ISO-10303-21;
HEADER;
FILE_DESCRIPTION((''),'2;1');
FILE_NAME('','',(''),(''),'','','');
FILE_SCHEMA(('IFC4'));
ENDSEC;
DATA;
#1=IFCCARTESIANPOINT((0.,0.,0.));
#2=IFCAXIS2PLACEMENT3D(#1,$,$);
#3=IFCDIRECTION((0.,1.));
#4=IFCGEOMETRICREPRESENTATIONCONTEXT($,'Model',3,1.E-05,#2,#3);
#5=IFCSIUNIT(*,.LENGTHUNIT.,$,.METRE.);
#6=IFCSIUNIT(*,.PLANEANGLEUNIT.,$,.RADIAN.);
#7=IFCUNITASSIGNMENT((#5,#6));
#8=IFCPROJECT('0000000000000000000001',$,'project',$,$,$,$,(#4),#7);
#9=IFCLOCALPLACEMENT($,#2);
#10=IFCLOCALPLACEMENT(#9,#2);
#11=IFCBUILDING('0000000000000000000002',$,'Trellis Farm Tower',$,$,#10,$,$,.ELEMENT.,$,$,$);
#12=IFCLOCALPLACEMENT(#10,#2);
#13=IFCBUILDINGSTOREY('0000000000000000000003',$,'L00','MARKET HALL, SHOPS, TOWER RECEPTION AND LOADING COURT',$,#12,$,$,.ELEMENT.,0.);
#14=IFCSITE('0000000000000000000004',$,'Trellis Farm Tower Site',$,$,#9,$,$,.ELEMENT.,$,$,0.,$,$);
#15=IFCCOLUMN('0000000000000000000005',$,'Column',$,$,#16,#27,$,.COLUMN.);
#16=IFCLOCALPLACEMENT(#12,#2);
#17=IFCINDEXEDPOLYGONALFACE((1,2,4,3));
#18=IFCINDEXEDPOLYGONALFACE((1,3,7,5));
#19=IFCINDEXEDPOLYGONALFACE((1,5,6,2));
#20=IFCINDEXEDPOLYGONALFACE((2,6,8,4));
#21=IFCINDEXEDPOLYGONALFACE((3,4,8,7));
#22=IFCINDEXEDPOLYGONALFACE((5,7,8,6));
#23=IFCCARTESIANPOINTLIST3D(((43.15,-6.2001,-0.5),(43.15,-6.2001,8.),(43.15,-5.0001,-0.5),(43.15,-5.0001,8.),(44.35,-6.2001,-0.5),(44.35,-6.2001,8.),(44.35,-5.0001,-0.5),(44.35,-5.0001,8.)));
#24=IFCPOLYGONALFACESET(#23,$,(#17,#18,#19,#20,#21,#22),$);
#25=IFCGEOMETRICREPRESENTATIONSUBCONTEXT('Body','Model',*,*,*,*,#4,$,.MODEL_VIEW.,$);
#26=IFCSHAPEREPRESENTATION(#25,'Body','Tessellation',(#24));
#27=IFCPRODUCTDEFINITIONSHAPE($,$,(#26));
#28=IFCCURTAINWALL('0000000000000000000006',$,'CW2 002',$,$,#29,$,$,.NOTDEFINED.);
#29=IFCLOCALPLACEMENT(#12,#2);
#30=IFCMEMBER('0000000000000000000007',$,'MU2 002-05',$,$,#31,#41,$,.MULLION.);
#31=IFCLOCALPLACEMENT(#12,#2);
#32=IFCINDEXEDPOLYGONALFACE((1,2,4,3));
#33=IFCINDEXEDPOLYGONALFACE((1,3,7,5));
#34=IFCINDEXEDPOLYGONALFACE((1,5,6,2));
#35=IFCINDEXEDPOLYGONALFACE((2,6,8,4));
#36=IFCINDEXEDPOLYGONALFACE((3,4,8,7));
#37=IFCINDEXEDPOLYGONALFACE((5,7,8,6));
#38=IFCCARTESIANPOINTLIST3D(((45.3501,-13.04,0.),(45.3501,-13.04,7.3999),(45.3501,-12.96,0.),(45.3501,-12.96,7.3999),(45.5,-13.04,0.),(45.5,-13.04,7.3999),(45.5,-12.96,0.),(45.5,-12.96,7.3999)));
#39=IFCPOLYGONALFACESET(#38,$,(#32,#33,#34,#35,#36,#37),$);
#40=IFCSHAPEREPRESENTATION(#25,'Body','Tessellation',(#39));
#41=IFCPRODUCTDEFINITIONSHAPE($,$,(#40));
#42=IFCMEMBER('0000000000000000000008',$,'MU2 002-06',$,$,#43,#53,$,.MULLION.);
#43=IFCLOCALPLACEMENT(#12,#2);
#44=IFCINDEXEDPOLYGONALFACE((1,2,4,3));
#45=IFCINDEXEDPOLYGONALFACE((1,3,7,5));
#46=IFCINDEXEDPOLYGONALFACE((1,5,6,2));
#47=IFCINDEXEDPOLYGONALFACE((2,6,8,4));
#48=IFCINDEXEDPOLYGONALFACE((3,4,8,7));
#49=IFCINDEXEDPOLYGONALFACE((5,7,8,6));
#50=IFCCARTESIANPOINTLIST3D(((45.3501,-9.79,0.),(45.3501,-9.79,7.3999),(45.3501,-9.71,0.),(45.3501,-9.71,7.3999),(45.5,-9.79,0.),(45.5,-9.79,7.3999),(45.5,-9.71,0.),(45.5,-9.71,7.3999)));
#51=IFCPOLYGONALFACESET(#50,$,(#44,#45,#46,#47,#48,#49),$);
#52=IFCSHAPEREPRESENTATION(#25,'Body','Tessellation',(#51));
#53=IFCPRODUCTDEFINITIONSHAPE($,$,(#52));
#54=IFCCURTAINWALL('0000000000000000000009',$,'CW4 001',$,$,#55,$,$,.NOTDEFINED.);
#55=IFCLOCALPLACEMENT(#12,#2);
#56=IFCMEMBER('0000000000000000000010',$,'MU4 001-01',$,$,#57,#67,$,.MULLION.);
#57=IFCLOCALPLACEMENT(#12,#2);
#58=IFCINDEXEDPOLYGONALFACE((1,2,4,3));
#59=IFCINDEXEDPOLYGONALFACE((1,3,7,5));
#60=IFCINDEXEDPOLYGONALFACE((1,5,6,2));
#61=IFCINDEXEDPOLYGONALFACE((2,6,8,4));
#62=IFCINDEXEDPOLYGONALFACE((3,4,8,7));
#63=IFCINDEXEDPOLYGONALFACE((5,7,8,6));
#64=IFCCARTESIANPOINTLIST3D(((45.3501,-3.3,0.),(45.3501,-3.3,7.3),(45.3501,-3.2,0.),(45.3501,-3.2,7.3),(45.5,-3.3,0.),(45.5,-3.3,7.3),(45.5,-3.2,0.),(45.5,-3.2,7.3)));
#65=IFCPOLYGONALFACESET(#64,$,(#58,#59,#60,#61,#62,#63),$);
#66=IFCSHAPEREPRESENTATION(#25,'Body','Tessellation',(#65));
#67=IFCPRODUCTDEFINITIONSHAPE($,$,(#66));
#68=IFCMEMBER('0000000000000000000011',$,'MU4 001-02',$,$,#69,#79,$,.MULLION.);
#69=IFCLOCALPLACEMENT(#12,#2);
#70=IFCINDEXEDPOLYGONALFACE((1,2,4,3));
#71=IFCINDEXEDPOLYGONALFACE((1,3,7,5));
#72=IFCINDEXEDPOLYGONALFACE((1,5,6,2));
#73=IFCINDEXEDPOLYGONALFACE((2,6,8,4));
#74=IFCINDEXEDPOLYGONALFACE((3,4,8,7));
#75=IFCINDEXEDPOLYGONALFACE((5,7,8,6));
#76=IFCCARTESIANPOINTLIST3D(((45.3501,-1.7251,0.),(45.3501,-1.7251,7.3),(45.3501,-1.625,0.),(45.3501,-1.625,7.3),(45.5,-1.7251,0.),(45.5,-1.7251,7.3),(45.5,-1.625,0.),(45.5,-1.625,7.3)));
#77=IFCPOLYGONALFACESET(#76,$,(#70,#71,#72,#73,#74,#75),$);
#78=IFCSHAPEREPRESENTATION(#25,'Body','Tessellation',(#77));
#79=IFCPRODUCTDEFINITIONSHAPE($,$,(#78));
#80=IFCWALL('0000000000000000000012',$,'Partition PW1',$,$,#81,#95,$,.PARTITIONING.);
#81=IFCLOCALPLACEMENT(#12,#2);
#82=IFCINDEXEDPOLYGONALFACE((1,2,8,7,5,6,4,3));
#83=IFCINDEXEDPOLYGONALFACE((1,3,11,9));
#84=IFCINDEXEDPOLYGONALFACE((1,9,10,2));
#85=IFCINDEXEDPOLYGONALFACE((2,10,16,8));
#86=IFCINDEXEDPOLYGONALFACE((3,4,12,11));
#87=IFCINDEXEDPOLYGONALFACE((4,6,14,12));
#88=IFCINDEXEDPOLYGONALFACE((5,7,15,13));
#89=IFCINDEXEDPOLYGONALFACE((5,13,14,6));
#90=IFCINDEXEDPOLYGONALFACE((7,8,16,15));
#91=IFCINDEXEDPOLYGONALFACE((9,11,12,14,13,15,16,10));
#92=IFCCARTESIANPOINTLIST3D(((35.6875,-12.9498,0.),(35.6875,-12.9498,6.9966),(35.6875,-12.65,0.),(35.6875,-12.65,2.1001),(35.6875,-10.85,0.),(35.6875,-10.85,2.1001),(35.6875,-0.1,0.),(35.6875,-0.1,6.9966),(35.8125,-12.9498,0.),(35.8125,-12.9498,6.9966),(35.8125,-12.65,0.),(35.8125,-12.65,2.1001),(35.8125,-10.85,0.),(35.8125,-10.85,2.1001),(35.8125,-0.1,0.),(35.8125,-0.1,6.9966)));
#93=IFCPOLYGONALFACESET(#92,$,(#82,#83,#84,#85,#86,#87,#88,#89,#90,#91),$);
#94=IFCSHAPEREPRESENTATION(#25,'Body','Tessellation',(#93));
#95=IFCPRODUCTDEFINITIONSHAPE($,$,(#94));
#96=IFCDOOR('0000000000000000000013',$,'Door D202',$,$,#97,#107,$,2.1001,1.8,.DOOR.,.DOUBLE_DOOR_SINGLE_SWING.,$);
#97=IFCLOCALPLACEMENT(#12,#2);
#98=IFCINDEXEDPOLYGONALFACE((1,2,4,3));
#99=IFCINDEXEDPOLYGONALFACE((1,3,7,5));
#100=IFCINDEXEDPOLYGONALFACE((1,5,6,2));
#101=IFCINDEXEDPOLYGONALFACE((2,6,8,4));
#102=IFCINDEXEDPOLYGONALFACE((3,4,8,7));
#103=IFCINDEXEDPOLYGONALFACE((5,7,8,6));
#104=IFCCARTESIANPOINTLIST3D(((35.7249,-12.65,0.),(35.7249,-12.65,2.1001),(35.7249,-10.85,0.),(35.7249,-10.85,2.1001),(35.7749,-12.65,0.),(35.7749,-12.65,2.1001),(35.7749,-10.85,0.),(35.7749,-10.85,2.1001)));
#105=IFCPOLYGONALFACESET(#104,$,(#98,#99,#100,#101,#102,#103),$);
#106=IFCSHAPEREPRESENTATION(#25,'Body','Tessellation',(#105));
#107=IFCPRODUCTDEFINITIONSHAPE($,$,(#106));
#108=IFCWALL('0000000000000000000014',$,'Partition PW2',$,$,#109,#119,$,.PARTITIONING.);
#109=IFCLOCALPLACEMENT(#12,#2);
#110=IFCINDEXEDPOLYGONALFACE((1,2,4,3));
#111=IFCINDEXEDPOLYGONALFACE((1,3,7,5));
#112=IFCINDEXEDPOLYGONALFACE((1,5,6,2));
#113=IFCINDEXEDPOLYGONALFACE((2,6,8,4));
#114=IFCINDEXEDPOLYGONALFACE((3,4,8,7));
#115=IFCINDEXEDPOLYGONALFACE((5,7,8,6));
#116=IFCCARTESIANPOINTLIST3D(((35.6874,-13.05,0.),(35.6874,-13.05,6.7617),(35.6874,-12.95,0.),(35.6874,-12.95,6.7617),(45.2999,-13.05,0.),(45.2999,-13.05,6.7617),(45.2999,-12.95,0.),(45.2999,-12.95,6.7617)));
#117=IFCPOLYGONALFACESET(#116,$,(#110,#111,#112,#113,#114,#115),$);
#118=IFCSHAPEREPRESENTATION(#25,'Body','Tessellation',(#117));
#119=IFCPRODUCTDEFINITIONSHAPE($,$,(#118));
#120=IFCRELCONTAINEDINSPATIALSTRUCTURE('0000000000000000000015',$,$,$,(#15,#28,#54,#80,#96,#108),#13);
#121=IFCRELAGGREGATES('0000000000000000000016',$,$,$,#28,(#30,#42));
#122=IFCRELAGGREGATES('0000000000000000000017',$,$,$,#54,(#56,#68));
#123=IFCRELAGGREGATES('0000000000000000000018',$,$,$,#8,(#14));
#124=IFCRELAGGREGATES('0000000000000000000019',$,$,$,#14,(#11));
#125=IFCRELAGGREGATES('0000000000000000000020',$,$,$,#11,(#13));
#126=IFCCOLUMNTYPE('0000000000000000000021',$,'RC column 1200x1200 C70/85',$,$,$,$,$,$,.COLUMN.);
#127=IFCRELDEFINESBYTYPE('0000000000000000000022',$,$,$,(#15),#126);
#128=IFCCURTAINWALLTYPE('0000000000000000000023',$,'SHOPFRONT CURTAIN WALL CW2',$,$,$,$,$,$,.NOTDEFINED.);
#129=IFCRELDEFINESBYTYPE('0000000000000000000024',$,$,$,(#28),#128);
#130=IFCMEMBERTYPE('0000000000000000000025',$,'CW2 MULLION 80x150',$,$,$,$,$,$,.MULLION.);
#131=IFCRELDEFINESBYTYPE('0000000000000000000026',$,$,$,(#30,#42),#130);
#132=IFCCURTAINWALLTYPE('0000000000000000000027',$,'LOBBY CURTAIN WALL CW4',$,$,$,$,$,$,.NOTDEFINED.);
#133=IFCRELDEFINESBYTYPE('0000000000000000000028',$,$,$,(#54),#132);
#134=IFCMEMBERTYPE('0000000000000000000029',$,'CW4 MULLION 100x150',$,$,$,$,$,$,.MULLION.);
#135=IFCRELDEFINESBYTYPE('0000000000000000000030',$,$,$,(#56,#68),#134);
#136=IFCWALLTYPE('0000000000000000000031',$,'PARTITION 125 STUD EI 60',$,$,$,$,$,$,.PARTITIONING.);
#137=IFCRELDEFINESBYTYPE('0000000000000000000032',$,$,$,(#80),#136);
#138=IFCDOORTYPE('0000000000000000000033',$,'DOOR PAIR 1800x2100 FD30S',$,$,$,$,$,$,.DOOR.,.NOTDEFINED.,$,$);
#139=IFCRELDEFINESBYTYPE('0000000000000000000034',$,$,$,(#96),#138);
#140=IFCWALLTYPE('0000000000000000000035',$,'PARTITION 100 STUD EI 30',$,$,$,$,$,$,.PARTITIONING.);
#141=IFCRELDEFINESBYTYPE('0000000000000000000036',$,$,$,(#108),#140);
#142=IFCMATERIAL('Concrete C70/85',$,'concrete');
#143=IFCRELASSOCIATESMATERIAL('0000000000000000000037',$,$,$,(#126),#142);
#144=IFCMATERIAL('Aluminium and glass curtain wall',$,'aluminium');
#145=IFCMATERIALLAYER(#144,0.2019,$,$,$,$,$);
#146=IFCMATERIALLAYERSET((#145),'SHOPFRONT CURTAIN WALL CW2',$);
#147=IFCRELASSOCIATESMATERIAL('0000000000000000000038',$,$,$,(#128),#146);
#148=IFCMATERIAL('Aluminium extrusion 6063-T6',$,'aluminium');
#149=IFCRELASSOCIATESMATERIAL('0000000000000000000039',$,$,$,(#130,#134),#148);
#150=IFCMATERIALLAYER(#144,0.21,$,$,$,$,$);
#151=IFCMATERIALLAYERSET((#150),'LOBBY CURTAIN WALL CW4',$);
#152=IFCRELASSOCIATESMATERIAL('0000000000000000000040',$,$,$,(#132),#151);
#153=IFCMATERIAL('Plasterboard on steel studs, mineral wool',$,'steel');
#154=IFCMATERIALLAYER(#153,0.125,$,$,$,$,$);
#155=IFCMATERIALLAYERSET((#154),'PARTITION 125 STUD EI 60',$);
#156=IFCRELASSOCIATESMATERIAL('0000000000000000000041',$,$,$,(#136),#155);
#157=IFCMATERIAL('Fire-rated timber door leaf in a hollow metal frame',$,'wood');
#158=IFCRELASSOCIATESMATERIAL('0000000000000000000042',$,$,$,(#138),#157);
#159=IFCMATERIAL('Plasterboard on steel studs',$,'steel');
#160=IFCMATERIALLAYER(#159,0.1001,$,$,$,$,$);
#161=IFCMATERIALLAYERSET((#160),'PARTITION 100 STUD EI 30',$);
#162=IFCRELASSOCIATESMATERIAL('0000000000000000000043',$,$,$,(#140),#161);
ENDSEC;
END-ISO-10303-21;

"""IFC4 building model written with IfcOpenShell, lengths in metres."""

from ifc_helpers import new_model, si_unit, direction, frame, frame_2d, origin, origin_2d, place, context, subcontext, project, spatial, rectangle, extrude, source, transform, mapped, material, layer, layer_set, material_profile, profile_set, type_object, element, fill, aggregate, save


model = new_model("IFC4")

# Units and contexts
model_context = context("Model", 3, precision=1e-05, world=origin(), true_north=direction((0.0, 1.0)))
body_context = subcontext(model_context, "Body", "Model", "MODEL_VIEW")
ifc_project = project(units=[si_unit("LENGTHUNIT", "METRE"), si_unit("PLANEANGLEUNIT", "RADIAN")], contexts=[model_context])

# Site, building, storey
site_placement = place(None, origin())
site = spatial("IfcSite", under=ifc_project, at=site_placement, Name="Trellis Farm Tower Site", CompositionType="ELEMENT", RefElevation=0.0)
building_placement = place(site_placement, origin())
building = spatial("IfcBuilding", under=site, at=building_placement, Name="Trellis Farm Tower", CompositionType="ELEMENT")
storey_placement = place(building_placement, origin())
storey = spatial("IfcBuildingStorey", under=building, at=storey_placement, Name="L00", Description="MARKET HALL, SHOPS, TOWER RECEPTION AND LOADING COURT", CompositionType="ELEMENT", Elevation=0.0)

# Column
ifc_material_1 = material(Name="Concrete C70/85", Category="concrete")
ifc_material_profile_1 = material_profile(ifc_material_1, rectangle(XDim=1.2, YDim=1.2, at=origin_2d()), Name="RC column 1200x1200 C70/85")
ifc_profile_set_1 = profile_set([ifc_material_profile_1], Name="Concrete C70/85")
column_type_1 = type_object("IfcColumnType", Name="RC column 1200x1200 C70/85", PredefinedType="COLUMN", material=ifc_profile_set_1)
shared_shape_1 = source(origin(), body_context, "Body", "SweptSolid", [
    extrude(rectangle(XDim=1.2, YDim=1.2, at=origin_2d()), origin(), (0.0, 0.0, 1.0), 8.5),
])
for number, where, z_axis, x_axis, name in (
    (1, (43.75, -5.6001, -0.5), (0.0, 0.0, 1.0), (1.0, 0.0, 0.0), "Column"),
):
    element("IfcColumn", number, at=place(storey_placement, frame(where, z_axis=z_axis, x_axis=x_axis)), inside=storey, type_object=column_type_1, Name=name, PredefinedType="COLUMN", context=body_context, shape_type="MappedRepresentation", body=[
        mapped(shared_shape_1, transform((0.0, 0.0, 0.0))),
    ])

# Curtain walls, members
ifc_material_2 = material(Name="Aluminium and glass curtain wall", Category="aluminium")
ifc_layer_1 = layer(ifc_material_2, 0.2019)
ifc_layer_set_1 = layer_set([ifc_layer_1], Name="SHOPFRONT CURTAIN WALL CW2")
curtain_wall_type_1 = type_object("IfcCurtainWallType", Name="SHOPFRONT CURTAIN WALL CW2", PredefinedType="NOTDEFINED", material=ifc_layer_set_1)
placement = place(storey_placement, origin())
curtain_wall_1 = element("IfcCurtainWall", 2, at=placement, inside=storey, type_object=curtain_wall_type_1, Name="CW2 002", PredefinedType="NOTDEFINED")
ifc_material_3 = material(Name="Aluminium extrusion 6063-T6", Category="aluminium")
ifc_material_profile_2 = material_profile(ifc_material_3, rectangle(XDim=0.0801, YDim=0.1499, at=origin_2d()), Name="MULLION 80x150")
ifc_profile_set_2 = profile_set([ifc_material_profile_2], Name="Aluminium extrusion 6063-T6")
member_type_1 = type_object("IfcMemberType", Name="CW2 MULLION 80x150", PredefinedType="MULLION", material=ifc_profile_set_2)
shared_shape_2 = source(origin(), body_context, "Body", "SweptSolid", [
    extrude(rectangle(XDim=0.0801, YDim=0.1499, at=origin_2d()), origin(), (0.0, 0.0, 1.0), 7.3999),
])
member_1_placement = place(storey_placement, frame((45.425, -13.0, 0.0), z_axis=(0.0, 0.0, 1.0), x_axis=(0.0, 1.0, 0.0)))
member_1 = element("IfcMember", 3, at=member_1_placement, type_object=member_type_1, Name="MU2 002-05", PredefinedType="MULLION", context=body_context, shape_type="MappedRepresentation", body=[
    mapped(shared_shape_2, transform((0.0, 0.0, 0.0))),
])
member_2_placement = place(storey_placement, frame((45.425, -9.75, 0.0), z_axis=(0.0, 0.0, 1.0), x_axis=(0.0, 1.0, 0.0)))
member_2 = element("IfcMember", 4, at=member_2_placement, type_object=member_type_1, Name="MU2 002-06", PredefinedType="MULLION", context=body_context, shape_type="MappedRepresentation", body=[
    mapped(shared_shape_2, transform((0.0, 0.0, 0.0))),
])
aggregate(curtain_wall_1, [member_1, member_2])
ifc_layer_2 = layer(ifc_material_2, 0.21)
ifc_layer_set_2 = layer_set([ifc_layer_2], Name="LOBBY CURTAIN WALL CW4")
curtain_wall_type_2 = type_object("IfcCurtainWallType", Name="LOBBY CURTAIN WALL CW4", PredefinedType="NOTDEFINED", material=ifc_layer_set_2)
curtain_wall_2 = element("IfcCurtainWall", 5, at=placement, inside=storey, type_object=curtain_wall_type_2, Name="CW4 001", PredefinedType="NOTDEFINED")
ifc_material_profile_3 = material_profile(ifc_material_3, rectangle(XDim=0.1001, YDim=0.1499, at=origin_2d()), Name="MULLION 100x150")
ifc_profile_set_3 = profile_set([ifc_material_profile_3], Name="Aluminium extrusion 6063-T6")
member_type_2 = type_object("IfcMemberType", Name="CW4 MULLION 100x150", PredefinedType="MULLION", material=ifc_profile_set_3)
shared_shape_3 = source(origin(), body_context, "Body", "SweptSolid", [
    extrude(rectangle(XDim=0.1001, YDim=0.1499, at=origin_2d()), origin(), (0.0, 0.0, 1.0), 7.3),
])
member_3_placement = place(storey_placement, frame((45.425, -3.25, 0.0), z_axis=(0.0, 0.0, 1.0), x_axis=(0.0, 1.0, 0.0)))
member_3 = element("IfcMember", 6, at=member_3_placement, type_object=member_type_2, Name="MU4 001-01", PredefinedType="MULLION", context=body_context, shape_type="MappedRepresentation", body=[
    mapped(shared_shape_3, transform((0.0, 0.0, 0.0))),
])
member_4_placement = place(storey_placement, frame((45.425, -1.675, 0.0), z_axis=(0.0, 0.0, 1.0), x_axis=(0.0, 1.0, 0.0)))
member_4 = element("IfcMember", 7, at=member_4_placement, type_object=member_type_2, Name="MU4 001-02", PredefinedType="MULLION", context=body_context, shape_type="MappedRepresentation", body=[
    mapped(shared_shape_3, transform((0.0, 0.0, 0.0))),
])
aggregate(curtain_wall_2, [member_3, member_4])

# Wall, opening, door
ifc_material_4 = material(Name="Plasterboard on steel studs, mineral wool", Category="steel")
ifc_layer_3 = layer(ifc_material_4, 0.125)
ifc_layer_set_3 = layer_set([ifc_layer_3], Name="PARTITION 125 STUD EI 60")
wall_type_1 = type_object("IfcWallType", Name="PARTITION 125 STUD EI 60", PredefinedType="PARTITIONING", material=ifc_layer_set_3)
shared_shape_4 = source(origin(), body_context, "Body", "SweptSolid", [
    extrude(rectangle(XDim=12.8499, YDim=0.125, at=frame_2d((6.4248, 0.0))), origin(), (0.0, 0.0, 1.0), 6.9966),
])
wall_1_placement = place(storey_placement, frame((35.75, -0.1001, 0.0), z_axis=(0.0, 0.0, 1.0), x_axis=(0.0, -1.0, 0.0)))
wall_1 = element("IfcWall", 8, at=wall_1_placement, inside=storey, type_object=wall_type_1, Name="Partition PW1", PredefinedType="PARTITIONING", context=body_context, shape_type="MappedRepresentation", body=[
    mapped(shared_shape_4, transform((0.0, 0.0, 0.0))),
])
shared_shape_5 = source(origin(), body_context, "Body", "SweptSolid", [
    extrude(rectangle(XDim=1.8, YDim=2.1001, at=frame_2d((0.8999, 1.05))), frame((0.0, 0.0725, 0.0), z_axis=(0.0, -1.0, 0.0), x_axis=(1.0, 0.0, 0.0)), (0.0, 0.0, 1.0), 0.145),
])
opening_placement = place(wall_1_placement, frame((10.75, 0.0, 0.0)))
opening = element("IfcOpeningElement", 9, at=opening_placement, cuts=wall_1, PredefinedType="OPENING", context=body_context, shape_type="MappedRepresentation", body=[
    mapped(shared_shape_5, transform((0.0, 0.0, 0.0))),
])
ifc_material_5 = material(Name="Fire-rated timber door leaf in a hollow metal frame", Category="wood")
door_type = type_object("IfcDoorType", Name="DOOR PAIR 1800x2100 FD30S", OperationType="NOTDEFINED", PredefinedType="DOOR", material=ifc_material_5)
shared_shape_6 = source(origin(), body_context, "Body", "SweptSolid", [
    extrude(rectangle(XDim=1.8, YDim=2.1001, at=frame_2d((0.8999, 1.05))), frame((0.0, 0.0249, 0.0), z_axis=(0.0, -1.0, 0.0), x_axis=(1.0, 0.0, 0.0)), (0.0, 0.0, 1.0), 0.05),
])
door_placement = place(opening_placement, origin())
door = element("IfcDoor", 10, at=door_placement, inside=storey, type_object=door_type, Name="Door D202", OperationType="DOUBLE_DOOR_SINGLE_SWING", OverallHeight=2.1001, OverallWidth=1.8, PredefinedType="DOOR", context=body_context, shape_type="MappedRepresentation", body=[
    mapped(shared_shape_6, transform((0.0, 0.0, 0.0))),
])
fill(opening, door)

# Wall
ifc_material_6 = material(Name="Plasterboard on steel studs", Category="steel")
ifc_layer_4 = layer(ifc_material_6, 0.1001)
ifc_layer_set_4 = layer_set([ifc_layer_4], Name="PARTITION 100 STUD EI 30")
wall_type_2 = type_object("IfcWallType", Name="PARTITION 100 STUD EI 30", PredefinedType="PARTITIONING", material=ifc_layer_set_4)
shared_shape_7 = source(origin(), body_context, "Body", "SweptSolid", [
    extrude(rectangle(XDim=9.6125, YDim=0.1001, at=frame_2d((4.8062, 0.0))), origin(), (0.0, 0.0, 1.0), 6.7617),
])
wall_2_placement = place(storey_placement, frame((35.6875, -13.0, 0.0), z_axis=(0.0, 0.0, 1.0), x_axis=(1.0, 0.0, 0.0)))
element("IfcWall", 11, at=wall_2_placement, inside=storey, type_object=wall_type_2, Name="Partition PW2", PredefinedType="PARTITIONING", context=body_context, shape_type="MappedRepresentation", body=[
    mapped(shared_shape_7, transform((0.0, 0.0, 0.0))),
])

save(model, "model.ifc")
